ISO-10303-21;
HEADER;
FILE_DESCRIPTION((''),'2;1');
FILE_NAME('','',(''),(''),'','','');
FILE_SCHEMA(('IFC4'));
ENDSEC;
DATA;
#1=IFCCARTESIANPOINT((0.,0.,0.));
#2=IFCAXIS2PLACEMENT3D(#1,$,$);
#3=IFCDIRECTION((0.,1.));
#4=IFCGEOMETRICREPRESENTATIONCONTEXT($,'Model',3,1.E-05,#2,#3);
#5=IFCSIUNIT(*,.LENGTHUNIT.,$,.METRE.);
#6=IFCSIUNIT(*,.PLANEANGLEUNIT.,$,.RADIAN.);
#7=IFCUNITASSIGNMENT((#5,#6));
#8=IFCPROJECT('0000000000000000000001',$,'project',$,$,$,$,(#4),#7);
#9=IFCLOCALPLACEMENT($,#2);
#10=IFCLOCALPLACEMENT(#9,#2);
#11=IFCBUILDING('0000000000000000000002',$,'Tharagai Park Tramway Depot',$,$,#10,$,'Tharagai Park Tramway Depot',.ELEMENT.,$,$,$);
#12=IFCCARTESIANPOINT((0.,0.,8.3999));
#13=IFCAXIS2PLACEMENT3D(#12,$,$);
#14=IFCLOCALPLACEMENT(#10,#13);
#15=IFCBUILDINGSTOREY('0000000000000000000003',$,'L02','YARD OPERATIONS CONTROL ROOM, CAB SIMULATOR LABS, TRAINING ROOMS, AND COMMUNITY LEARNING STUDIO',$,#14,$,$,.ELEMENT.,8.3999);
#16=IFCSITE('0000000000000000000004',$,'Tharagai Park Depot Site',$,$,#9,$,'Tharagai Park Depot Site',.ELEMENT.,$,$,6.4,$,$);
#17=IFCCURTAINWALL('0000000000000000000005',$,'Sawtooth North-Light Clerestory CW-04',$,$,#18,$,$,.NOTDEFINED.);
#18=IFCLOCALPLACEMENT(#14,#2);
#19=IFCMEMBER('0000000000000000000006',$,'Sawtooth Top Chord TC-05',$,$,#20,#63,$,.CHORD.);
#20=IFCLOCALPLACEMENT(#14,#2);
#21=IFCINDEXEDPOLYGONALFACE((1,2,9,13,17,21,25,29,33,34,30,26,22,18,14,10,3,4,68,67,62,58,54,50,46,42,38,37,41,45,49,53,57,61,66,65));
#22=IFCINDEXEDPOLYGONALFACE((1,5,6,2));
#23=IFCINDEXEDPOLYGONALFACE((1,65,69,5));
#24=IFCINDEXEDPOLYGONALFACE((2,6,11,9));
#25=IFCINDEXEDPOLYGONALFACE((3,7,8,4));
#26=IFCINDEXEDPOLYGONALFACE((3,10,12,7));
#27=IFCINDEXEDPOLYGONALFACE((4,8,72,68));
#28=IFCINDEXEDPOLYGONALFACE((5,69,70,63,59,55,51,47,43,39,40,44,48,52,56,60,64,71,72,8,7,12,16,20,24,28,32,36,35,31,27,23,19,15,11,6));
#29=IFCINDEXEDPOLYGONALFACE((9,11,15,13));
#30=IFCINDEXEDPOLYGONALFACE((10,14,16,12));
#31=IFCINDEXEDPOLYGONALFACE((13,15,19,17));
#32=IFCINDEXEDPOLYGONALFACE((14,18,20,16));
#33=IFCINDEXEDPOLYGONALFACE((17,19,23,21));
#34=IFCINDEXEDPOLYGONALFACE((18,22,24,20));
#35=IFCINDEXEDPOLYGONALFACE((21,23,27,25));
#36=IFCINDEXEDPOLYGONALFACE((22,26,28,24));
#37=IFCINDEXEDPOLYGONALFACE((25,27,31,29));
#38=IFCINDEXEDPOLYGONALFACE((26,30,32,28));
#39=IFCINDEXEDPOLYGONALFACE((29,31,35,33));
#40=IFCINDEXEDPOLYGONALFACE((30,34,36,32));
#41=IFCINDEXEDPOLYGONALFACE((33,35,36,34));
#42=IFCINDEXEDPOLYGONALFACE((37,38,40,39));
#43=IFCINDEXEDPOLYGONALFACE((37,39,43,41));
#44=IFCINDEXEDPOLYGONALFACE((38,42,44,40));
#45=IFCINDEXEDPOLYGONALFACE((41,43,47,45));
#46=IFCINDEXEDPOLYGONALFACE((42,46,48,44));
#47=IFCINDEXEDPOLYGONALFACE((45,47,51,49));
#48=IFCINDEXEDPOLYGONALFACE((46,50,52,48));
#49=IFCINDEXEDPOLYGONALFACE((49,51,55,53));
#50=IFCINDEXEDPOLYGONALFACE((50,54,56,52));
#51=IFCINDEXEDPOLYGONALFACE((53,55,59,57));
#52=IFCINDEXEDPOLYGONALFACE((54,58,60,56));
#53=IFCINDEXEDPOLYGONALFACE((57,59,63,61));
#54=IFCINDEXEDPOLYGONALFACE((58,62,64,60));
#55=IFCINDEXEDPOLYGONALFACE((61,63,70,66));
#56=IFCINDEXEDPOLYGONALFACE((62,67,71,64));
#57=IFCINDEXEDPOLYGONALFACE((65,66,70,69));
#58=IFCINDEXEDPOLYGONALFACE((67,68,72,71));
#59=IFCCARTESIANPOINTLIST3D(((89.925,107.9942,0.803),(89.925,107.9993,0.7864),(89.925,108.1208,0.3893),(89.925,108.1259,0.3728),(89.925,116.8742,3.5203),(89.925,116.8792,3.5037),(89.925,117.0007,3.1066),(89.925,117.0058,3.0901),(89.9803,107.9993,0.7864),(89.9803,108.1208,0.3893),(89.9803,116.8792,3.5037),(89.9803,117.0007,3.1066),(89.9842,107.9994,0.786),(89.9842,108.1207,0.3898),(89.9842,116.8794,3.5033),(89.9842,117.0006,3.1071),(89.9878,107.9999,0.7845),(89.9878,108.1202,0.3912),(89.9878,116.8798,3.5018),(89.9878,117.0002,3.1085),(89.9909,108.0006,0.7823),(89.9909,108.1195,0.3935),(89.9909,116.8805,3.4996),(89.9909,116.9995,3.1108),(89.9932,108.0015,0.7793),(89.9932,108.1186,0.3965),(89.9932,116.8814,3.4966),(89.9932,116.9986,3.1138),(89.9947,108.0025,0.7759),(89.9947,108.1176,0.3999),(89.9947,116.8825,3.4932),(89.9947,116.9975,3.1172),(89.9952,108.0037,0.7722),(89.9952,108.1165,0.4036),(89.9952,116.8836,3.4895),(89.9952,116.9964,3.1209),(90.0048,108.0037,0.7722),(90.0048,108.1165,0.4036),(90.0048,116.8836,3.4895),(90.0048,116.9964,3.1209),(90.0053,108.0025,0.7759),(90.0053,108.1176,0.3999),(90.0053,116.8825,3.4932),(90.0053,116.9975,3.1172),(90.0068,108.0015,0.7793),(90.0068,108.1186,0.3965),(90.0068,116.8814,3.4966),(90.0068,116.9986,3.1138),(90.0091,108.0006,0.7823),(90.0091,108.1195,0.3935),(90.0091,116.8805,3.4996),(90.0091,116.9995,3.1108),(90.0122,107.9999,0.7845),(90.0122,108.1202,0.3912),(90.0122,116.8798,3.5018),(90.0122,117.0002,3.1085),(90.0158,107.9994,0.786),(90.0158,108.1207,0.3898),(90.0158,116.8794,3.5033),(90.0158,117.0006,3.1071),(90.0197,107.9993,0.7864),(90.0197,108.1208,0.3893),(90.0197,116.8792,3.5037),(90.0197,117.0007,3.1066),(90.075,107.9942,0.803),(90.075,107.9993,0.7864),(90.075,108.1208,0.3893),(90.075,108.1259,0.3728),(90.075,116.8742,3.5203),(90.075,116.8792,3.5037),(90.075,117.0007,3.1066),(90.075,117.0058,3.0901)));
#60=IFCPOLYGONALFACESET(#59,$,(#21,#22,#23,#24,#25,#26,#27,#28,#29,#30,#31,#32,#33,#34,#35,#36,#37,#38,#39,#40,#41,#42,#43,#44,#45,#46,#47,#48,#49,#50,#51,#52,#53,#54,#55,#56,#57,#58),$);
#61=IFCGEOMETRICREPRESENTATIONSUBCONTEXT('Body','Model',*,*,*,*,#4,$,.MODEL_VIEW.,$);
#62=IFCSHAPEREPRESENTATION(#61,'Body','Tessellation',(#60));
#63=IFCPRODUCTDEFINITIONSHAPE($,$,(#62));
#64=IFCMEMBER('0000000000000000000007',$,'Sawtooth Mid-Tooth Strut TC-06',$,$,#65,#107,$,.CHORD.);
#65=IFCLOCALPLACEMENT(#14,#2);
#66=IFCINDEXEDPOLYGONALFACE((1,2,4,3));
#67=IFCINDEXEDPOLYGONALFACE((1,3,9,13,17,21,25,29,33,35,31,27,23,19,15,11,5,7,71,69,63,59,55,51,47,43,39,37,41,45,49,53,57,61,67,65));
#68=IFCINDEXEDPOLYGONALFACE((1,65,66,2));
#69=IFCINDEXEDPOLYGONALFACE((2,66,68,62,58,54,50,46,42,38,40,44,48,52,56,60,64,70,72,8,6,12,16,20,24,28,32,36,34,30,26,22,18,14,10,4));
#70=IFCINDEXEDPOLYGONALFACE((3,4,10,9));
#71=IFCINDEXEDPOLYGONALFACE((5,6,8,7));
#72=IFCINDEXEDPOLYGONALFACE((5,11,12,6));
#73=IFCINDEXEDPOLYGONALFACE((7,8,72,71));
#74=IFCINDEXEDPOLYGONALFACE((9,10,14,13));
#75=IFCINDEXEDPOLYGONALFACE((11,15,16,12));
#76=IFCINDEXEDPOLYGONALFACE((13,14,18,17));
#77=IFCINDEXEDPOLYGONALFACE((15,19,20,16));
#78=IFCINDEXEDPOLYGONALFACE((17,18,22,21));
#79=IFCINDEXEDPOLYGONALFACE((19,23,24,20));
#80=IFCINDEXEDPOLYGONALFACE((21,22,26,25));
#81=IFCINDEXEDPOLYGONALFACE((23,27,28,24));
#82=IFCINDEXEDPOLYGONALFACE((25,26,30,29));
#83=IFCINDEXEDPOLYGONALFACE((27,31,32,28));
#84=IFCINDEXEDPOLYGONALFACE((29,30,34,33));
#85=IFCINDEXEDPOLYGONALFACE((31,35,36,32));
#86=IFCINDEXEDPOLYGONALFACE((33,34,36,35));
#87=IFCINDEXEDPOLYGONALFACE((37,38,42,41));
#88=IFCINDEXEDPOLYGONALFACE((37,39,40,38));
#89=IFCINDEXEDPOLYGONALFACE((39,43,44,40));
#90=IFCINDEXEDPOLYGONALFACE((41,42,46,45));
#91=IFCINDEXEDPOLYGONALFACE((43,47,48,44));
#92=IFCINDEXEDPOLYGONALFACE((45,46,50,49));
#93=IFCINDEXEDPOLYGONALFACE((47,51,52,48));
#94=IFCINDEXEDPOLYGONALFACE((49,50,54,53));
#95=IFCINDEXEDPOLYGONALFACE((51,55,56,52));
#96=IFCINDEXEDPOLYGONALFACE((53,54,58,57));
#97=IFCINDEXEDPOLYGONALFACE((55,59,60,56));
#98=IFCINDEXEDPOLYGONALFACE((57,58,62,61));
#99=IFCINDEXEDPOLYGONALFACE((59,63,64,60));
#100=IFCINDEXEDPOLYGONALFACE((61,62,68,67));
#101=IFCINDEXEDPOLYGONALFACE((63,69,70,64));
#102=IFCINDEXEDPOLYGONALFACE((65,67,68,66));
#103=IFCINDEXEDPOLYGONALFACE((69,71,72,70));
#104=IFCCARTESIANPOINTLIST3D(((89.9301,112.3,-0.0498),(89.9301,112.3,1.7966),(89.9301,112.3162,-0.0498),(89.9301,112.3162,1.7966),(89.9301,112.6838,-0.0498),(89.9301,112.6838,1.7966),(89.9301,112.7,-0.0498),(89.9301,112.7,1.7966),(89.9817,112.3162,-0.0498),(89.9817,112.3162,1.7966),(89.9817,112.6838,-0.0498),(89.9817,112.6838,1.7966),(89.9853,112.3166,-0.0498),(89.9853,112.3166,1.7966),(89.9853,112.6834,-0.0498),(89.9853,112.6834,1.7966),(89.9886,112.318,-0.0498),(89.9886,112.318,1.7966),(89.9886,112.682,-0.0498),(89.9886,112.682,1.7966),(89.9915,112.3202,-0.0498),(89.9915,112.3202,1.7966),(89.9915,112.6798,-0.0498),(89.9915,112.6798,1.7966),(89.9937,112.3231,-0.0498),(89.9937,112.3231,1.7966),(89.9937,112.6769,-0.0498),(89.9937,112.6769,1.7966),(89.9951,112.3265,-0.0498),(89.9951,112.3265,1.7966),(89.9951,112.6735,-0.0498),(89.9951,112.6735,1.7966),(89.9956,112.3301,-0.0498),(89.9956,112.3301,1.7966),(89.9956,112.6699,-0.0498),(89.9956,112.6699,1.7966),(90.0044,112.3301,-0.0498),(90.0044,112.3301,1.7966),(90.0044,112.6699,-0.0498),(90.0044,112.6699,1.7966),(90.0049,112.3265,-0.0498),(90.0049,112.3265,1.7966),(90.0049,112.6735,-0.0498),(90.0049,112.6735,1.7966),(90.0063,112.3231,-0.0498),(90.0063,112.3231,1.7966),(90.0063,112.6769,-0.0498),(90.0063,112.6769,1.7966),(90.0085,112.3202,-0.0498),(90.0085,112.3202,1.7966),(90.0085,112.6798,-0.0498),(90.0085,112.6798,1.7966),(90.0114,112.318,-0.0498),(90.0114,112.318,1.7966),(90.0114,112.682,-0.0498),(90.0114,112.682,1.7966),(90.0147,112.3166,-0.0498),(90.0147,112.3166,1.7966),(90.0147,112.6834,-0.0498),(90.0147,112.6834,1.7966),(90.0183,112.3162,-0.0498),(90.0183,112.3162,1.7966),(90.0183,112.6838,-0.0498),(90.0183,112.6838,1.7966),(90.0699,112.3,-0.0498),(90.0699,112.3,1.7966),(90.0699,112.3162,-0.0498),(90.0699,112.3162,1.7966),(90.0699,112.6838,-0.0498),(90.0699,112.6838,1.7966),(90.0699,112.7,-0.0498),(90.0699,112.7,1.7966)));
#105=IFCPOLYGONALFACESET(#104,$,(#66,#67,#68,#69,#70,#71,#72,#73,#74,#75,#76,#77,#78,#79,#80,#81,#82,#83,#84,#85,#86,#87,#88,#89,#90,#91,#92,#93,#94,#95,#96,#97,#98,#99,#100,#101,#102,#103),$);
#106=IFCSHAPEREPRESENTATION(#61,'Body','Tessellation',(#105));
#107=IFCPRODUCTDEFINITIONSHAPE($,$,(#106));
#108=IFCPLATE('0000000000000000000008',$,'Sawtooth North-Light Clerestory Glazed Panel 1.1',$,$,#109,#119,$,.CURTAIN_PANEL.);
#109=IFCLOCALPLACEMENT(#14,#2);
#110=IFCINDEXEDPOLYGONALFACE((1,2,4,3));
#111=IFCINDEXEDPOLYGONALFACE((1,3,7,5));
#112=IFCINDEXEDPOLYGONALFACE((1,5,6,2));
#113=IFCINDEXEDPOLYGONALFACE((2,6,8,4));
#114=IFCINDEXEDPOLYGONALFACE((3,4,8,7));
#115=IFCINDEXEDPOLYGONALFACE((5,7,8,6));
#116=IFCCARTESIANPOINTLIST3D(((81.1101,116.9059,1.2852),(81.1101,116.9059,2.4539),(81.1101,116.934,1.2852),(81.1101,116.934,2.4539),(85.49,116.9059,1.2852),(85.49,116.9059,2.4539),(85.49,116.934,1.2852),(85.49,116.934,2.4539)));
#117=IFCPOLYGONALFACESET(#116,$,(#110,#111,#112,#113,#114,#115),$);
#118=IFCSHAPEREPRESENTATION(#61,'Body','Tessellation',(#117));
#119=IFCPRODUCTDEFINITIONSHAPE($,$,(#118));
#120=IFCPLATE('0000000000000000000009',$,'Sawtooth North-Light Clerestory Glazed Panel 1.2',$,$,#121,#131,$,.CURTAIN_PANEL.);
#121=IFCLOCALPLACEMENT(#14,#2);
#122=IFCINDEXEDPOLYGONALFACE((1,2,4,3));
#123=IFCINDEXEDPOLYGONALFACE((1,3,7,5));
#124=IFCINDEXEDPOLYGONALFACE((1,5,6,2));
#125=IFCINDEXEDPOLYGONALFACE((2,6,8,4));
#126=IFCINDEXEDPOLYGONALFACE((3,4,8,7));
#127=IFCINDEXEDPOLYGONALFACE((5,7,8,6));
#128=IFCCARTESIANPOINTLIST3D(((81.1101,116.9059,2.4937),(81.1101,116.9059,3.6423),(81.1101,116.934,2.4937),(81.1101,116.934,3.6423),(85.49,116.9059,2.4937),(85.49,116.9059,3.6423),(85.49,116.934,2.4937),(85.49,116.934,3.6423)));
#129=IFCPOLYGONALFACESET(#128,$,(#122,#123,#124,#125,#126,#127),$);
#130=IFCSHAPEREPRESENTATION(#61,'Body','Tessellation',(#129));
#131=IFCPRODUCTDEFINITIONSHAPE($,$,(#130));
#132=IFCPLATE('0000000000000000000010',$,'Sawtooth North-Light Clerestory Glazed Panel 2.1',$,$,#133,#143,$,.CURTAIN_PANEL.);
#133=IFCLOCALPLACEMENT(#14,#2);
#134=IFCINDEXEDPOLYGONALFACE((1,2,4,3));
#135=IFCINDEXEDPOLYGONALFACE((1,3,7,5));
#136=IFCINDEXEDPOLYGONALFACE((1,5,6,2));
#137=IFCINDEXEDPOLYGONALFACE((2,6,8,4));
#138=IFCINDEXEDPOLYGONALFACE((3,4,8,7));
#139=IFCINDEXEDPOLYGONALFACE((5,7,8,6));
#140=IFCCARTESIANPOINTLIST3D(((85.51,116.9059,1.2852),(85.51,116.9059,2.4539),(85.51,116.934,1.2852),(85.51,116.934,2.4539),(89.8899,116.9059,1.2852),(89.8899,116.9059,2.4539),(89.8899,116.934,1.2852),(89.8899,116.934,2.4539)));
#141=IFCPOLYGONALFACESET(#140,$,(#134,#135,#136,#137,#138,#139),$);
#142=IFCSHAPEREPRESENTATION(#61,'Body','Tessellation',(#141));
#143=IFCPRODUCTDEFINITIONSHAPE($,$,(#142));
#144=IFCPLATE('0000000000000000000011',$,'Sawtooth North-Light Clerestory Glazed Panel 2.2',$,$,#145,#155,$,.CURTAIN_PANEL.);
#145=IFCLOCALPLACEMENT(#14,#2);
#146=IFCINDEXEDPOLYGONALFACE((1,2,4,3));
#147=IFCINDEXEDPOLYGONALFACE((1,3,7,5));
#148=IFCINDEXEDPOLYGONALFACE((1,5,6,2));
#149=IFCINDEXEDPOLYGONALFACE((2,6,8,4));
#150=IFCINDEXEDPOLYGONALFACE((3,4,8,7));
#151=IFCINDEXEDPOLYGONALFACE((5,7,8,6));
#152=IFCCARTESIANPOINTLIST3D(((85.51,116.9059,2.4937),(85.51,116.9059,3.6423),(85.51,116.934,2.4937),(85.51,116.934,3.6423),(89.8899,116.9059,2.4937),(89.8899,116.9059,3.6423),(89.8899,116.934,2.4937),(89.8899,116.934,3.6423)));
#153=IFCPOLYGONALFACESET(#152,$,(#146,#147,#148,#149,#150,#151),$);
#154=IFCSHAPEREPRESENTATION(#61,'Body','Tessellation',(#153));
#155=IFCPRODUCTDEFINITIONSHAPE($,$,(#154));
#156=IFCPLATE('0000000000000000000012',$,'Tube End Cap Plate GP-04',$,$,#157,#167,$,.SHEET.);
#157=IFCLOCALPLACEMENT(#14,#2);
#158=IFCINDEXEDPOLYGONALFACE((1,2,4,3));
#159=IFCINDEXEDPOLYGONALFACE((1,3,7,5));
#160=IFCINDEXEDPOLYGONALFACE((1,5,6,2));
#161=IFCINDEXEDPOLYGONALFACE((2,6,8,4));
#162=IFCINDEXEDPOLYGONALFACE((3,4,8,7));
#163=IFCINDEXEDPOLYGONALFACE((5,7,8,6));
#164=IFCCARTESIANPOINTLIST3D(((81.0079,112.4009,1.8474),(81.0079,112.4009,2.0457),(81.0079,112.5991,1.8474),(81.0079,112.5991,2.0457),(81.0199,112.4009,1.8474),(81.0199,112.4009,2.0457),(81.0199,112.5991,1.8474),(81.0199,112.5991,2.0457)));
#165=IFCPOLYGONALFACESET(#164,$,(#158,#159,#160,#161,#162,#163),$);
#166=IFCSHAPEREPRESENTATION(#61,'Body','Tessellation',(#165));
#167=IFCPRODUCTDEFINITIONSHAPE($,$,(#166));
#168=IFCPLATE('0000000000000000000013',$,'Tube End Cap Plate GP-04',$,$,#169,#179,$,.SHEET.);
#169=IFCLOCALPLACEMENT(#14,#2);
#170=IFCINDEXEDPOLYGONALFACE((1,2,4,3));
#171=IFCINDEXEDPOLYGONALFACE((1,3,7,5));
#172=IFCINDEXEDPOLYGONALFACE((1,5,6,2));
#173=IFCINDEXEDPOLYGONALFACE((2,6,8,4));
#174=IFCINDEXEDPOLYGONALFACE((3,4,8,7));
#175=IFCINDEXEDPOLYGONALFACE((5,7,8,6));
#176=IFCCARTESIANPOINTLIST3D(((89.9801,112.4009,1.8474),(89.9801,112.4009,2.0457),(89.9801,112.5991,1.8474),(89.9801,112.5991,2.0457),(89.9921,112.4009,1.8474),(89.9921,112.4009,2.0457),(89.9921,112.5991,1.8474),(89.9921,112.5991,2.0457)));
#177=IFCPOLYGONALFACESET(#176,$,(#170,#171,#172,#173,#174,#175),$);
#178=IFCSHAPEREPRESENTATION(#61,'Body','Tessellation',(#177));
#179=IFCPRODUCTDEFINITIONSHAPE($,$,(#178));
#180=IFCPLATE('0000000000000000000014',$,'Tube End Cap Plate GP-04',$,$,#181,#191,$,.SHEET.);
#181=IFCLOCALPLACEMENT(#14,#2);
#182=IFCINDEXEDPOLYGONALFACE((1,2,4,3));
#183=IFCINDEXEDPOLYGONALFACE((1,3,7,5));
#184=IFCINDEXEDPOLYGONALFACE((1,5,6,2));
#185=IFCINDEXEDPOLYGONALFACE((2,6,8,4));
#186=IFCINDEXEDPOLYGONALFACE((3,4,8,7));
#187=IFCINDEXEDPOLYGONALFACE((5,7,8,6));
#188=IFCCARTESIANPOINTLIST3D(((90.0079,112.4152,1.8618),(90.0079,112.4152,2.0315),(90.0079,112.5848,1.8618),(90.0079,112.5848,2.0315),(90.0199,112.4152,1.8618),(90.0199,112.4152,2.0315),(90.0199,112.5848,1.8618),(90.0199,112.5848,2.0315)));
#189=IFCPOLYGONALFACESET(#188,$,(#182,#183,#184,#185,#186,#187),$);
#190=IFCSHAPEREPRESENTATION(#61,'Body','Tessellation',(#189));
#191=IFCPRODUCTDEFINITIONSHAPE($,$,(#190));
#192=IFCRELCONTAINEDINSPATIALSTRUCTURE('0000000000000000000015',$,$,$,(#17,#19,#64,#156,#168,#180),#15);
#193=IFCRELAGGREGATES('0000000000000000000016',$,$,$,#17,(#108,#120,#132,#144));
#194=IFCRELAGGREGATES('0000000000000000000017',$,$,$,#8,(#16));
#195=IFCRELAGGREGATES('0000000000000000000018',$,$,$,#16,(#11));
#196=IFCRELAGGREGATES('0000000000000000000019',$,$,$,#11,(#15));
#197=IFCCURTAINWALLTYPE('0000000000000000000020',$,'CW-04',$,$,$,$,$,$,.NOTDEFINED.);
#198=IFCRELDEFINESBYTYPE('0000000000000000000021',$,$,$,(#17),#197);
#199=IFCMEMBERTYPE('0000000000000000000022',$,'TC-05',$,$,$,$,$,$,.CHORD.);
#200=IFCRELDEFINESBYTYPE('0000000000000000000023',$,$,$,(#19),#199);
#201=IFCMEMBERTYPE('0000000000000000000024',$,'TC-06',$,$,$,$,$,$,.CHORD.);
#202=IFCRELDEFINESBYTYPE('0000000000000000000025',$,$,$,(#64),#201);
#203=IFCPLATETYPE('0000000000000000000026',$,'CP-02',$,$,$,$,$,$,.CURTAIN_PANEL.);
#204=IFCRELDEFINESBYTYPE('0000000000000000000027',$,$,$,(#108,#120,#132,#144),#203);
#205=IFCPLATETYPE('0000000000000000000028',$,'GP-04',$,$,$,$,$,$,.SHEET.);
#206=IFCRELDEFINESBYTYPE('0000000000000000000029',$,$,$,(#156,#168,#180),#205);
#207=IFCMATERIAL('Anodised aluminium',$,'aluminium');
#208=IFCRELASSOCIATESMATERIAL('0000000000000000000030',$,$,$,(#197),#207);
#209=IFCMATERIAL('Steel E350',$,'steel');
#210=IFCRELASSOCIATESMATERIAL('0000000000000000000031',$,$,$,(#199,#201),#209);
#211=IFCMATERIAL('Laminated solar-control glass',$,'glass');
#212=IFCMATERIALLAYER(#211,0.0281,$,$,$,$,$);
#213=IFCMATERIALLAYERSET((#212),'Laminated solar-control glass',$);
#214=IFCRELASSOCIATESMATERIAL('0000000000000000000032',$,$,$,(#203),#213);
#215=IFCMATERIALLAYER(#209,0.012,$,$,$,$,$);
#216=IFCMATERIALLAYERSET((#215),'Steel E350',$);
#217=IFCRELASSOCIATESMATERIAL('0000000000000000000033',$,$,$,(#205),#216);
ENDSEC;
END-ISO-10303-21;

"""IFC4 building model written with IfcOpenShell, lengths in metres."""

from ifc_helpers import new_model, si_unit, direction, frame, origin, origin_2d, place, context, subcontext, project, spatial, rectangle, i_section, extrude, material, layer, layer_set, material_profile, profile_set, type_object, element, aggregate, save


model = new_model("IFC4")

# Units and contexts
model_context = context("Model", 3, precision=1e-05, world=origin(), true_north=direction((0.0, 1.0)))
body_context = subcontext(model_context, "Body", "Model", "MODEL_VIEW")
ifc_project = project(units=[si_unit("LENGTHUNIT", "METRE"), si_unit("PLANEANGLEUNIT", "RADIAN")], contexts=[model_context])

# Site, building, storey
site_placement = place(None, origin())
site = spatial("IfcSite", under=ifc_project, at=site_placement, Name="Tharagai Park Depot Site", LongName="Tharagai Park Depot Site", CompositionType="ELEMENT", RefElevation=6.4)
building_placement = place(site_placement, origin())
building = spatial("IfcBuilding", under=site, at=building_placement, Name="Tharagai Park Tramway Depot", LongName="Tharagai Park Tramway Depot", CompositionType="ELEMENT")
storey_placement = place(building_placement, frame((0.0, 0.0, 8.3999)))
storey = spatial("IfcBuildingStorey", under=building, at=storey_placement, Name="L02", Description="YARD OPERATIONS CONTROL ROOM, CAB SIMULATOR LABS, TRAINING ROOMS, AND COMMUNITY LEARNING STUDIO", CompositionType="ELEMENT", Elevation=8.3999)

# Shared definitions
ifc_material_1 = material(Name="Steel E350", Category="steel")

# Curtain wall
ifc_material_2 = material(Name="Anodised aluminium", Category="aluminium")
curtain_wall_type = type_object("IfcCurtainWallType", Name="CW-04", PredefinedType="NOTDEFINED", material=ifc_material_2)
curtain_wall_placement = place(storey_placement, origin())
curtain_wall = element("IfcCurtainWall", 1, at=curtain_wall_placement, inside=storey, type_object=curtain_wall_type, Name="Sawtooth North-Light Clerestory CW-04", PredefinedType="NOTDEFINED")

# Members
ifc_material_profile_1 = material_profile(ifc_material_1, i_section(OverallWidth=0.1499, OverallDepth=0.45, WebThickness=0.0095, FlangeThickness=0.0173, FilletRadius=0.0149, at=origin_2d()), Name="ISMB 450")
ifc_profile_set_1 = profile_set([ifc_material_profile_1], Name="Steel E350")
member_type_1 = type_object("IfcMemberType", Name="TC-05", PredefinedType="CHORD", material=ifc_profile_set_1)
member_1_placement = place(storey_placement, frame((90.0, 108.0601, 0.5879), z_axis=(0.0, 0.956231, 0.292611), x_axis=(-1.0, 0.0, 0.0)))
element("IfcMember", 2, at=member_1_placement, inside=storey, type_object=member_type_1, Name="Sawtooth Top Chord TC-05", PredefinedType="CHORD", context=body_context, shape_type="SweptSolid", body=[
    extrude(i_section(OverallWidth=0.1499, OverallDepth=0.45, WebThickness=0.0095, FlangeThickness=0.0173, FilletRadius=0.0149, at=origin_2d()), origin(), (0.0, 0.0, 1.0), 9.2864),
])
ifc_material_profile_2 = material_profile(ifc_material_1, i_section(OverallWidth=0.1399, OverallDepth=0.3999, WebThickness=0.0088, FlangeThickness=0.0161, FilletRadius=0.0139, at=origin_2d()), Name="ISMB 400")
ifc_profile_set_2 = profile_set([ifc_material_profile_2], Name="Steel E350")
member_type_2 = type_object("IfcMemberType", Name="TC-06", PredefinedType="CHORD", material=ifc_profile_set_2)
member_2_placement = place(storey_placement, frame((90.0, 112.5, -0.0498), z_axis=(0.0, 0.0, 1.0), x_axis=(1.0, 0.0, 0.0)))
element("IfcMember", 3, at=member_2_placement, inside=storey, type_object=member_type_2, Name="Sawtooth Mid-Tooth Strut TC-06", PredefinedType="CHORD", context=body_context, shape_type="SweptSolid", body=[
    extrude(i_section(OverallWidth=0.1399, OverallDepth=0.3999, WebThickness=0.0088, FlangeThickness=0.0161, FilletRadius=0.0139, at=origin_2d()), origin(), (0.0, 0.0, 1.0), 1.8464),
])

# Plates
ifc_material_3 = material(Name="Laminated solar-control glass", Category="glass")
ifc_layer_1 = layer(ifc_material_3, 0.0281)
ifc_layer_set_1 = layer_set([ifc_layer_1], Name="Laminated solar-control glass")
plate_type_1 = type_object("IfcPlateType", Name="CP-02", PredefinedType="CURTAIN_PANEL", material=ifc_layer_set_1)
plate_1_placement = place(storey_placement, frame((83.3, 116.9199, 1.2852), z_axis=(0.0, 0.0, 1.0), x_axis=(1.0, 0.0, 0.0)))
plate_1 = element("IfcPlate", 4, at=plate_1_placement, type_object=plate_type_1, Name="Sawtooth North-Light Clerestory Glazed Panel 1.1", PredefinedType="CURTAIN_PANEL", context=body_context, shape_type="SweptSolid", body=[
    extrude(rectangle(XDim=4.3799, YDim=0.0281, at=origin_2d()), origin(), (0.0, 0.0, 1.0), 1.1687),
])
plate_2_placement = place(storey_placement, frame((83.3, 116.9199, 2.4937), z_axis=(0.0, 0.0, 1.0), x_axis=(1.0, 0.0, 0.0)))
plate_2 = element("IfcPlate", 5, at=plate_2_placement, type_object=plate_type_1, Name="Sawtooth North-Light Clerestory Glazed Panel 1.2", PredefinedType="CURTAIN_PANEL", context=body_context, shape_type="SweptSolid", body=[
    extrude(rectangle(XDim=4.3799, YDim=0.0281, at=origin_2d()), origin(), (0.0, 0.0, 1.0), 1.1487),
])
plate_3_placement = place(storey_placement, frame((87.7, 116.9199, 1.2852), z_axis=(0.0, 0.0, 1.0), x_axis=(1.0, 0.0, 0.0)))
plate_3 = element("IfcPlate", 6, at=plate_3_placement, type_object=plate_type_1, Name="Sawtooth North-Light Clerestory Glazed Panel 2.1", PredefinedType="CURTAIN_PANEL", context=body_context, shape_type="SweptSolid", body=[
    extrude(rectangle(XDim=4.3799, YDim=0.0281, at=origin_2d()), origin(), (0.0, 0.0, 1.0), 1.1687),
])
plate_4_placement = place(storey_placement, frame((87.7, 116.9199, 2.4937), z_axis=(0.0, 0.0, 1.0), x_axis=(1.0, 0.0, 0.0)))
plate_4 = element("IfcPlate", 7, at=plate_4_placement, type_object=plate_type_1, Name="Sawtooth North-Light Clerestory Glazed Panel 2.2", PredefinedType="CURTAIN_PANEL", context=body_context, shape_type="SweptSolid", body=[
    extrude(rectangle(XDim=4.3799, YDim=0.0281, at=origin_2d()), origin(), (0.0, 0.0, 1.0), 1.1487),
])
aggregate(curtain_wall, [plate_1, plate_2, plate_3, plate_4])

# Plates
ifc_layer_2 = layer(ifc_material_1, 0.012)
ifc_layer_set_2 = layer_set([ifc_layer_2], Name="Steel E350")
plate_type_2 = type_object("IfcPlateType", Name="GP-04", PredefinedType="SHEET", material=ifc_layer_set_2)
for number, where, z_axis, x_axis, name in (
    (8, (81.0139, 112.5, 1.8474), (0.0, 0.0, 1.0), (1.0, 0.0, 0.0), "Tube End Cap Plate GP-04"),
    (9, (89.9861, 112.5, 1.8474), (0.0, 0.0, 1.0), (1.0, 0.0, 0.0), "Tube End Cap Plate GP-04"),
):
    element("IfcPlate", number, at=place(storey_placement, frame(where, z_axis=z_axis, x_axis=x_axis)), inside=storey, type_object=plate_type_2, Name=name, PredefinedType="SHEET", context=body_context, shape_type="SweptSolid", body=[
        extrude(rectangle(XDim=0.012, YDim=0.1982, at=origin_2d()), origin(), (0.0, 0.0, 1.0), 0.1982),
    ])
plate_5_placement = place(storey_placement, frame((90.0139, 112.5, 1.8618), z_axis=(0.0, 0.0, 1.0), x_axis=(1.0, 0.0, 0.0)))
element("IfcPlate", 10, at=plate_5_placement, inside=storey, type_object=plate_type_2, Name="Tube End Cap Plate GP-04", PredefinedType="SHEET", context=body_context, shape_type="SweptSolid", body=[
    extrude(rectangle(XDim=0.012, YDim=0.1697, at=origin_2d()), origin(), (0.0, 0.0, 1.0), 0.1697),
])

save(model, "model.ifc")
